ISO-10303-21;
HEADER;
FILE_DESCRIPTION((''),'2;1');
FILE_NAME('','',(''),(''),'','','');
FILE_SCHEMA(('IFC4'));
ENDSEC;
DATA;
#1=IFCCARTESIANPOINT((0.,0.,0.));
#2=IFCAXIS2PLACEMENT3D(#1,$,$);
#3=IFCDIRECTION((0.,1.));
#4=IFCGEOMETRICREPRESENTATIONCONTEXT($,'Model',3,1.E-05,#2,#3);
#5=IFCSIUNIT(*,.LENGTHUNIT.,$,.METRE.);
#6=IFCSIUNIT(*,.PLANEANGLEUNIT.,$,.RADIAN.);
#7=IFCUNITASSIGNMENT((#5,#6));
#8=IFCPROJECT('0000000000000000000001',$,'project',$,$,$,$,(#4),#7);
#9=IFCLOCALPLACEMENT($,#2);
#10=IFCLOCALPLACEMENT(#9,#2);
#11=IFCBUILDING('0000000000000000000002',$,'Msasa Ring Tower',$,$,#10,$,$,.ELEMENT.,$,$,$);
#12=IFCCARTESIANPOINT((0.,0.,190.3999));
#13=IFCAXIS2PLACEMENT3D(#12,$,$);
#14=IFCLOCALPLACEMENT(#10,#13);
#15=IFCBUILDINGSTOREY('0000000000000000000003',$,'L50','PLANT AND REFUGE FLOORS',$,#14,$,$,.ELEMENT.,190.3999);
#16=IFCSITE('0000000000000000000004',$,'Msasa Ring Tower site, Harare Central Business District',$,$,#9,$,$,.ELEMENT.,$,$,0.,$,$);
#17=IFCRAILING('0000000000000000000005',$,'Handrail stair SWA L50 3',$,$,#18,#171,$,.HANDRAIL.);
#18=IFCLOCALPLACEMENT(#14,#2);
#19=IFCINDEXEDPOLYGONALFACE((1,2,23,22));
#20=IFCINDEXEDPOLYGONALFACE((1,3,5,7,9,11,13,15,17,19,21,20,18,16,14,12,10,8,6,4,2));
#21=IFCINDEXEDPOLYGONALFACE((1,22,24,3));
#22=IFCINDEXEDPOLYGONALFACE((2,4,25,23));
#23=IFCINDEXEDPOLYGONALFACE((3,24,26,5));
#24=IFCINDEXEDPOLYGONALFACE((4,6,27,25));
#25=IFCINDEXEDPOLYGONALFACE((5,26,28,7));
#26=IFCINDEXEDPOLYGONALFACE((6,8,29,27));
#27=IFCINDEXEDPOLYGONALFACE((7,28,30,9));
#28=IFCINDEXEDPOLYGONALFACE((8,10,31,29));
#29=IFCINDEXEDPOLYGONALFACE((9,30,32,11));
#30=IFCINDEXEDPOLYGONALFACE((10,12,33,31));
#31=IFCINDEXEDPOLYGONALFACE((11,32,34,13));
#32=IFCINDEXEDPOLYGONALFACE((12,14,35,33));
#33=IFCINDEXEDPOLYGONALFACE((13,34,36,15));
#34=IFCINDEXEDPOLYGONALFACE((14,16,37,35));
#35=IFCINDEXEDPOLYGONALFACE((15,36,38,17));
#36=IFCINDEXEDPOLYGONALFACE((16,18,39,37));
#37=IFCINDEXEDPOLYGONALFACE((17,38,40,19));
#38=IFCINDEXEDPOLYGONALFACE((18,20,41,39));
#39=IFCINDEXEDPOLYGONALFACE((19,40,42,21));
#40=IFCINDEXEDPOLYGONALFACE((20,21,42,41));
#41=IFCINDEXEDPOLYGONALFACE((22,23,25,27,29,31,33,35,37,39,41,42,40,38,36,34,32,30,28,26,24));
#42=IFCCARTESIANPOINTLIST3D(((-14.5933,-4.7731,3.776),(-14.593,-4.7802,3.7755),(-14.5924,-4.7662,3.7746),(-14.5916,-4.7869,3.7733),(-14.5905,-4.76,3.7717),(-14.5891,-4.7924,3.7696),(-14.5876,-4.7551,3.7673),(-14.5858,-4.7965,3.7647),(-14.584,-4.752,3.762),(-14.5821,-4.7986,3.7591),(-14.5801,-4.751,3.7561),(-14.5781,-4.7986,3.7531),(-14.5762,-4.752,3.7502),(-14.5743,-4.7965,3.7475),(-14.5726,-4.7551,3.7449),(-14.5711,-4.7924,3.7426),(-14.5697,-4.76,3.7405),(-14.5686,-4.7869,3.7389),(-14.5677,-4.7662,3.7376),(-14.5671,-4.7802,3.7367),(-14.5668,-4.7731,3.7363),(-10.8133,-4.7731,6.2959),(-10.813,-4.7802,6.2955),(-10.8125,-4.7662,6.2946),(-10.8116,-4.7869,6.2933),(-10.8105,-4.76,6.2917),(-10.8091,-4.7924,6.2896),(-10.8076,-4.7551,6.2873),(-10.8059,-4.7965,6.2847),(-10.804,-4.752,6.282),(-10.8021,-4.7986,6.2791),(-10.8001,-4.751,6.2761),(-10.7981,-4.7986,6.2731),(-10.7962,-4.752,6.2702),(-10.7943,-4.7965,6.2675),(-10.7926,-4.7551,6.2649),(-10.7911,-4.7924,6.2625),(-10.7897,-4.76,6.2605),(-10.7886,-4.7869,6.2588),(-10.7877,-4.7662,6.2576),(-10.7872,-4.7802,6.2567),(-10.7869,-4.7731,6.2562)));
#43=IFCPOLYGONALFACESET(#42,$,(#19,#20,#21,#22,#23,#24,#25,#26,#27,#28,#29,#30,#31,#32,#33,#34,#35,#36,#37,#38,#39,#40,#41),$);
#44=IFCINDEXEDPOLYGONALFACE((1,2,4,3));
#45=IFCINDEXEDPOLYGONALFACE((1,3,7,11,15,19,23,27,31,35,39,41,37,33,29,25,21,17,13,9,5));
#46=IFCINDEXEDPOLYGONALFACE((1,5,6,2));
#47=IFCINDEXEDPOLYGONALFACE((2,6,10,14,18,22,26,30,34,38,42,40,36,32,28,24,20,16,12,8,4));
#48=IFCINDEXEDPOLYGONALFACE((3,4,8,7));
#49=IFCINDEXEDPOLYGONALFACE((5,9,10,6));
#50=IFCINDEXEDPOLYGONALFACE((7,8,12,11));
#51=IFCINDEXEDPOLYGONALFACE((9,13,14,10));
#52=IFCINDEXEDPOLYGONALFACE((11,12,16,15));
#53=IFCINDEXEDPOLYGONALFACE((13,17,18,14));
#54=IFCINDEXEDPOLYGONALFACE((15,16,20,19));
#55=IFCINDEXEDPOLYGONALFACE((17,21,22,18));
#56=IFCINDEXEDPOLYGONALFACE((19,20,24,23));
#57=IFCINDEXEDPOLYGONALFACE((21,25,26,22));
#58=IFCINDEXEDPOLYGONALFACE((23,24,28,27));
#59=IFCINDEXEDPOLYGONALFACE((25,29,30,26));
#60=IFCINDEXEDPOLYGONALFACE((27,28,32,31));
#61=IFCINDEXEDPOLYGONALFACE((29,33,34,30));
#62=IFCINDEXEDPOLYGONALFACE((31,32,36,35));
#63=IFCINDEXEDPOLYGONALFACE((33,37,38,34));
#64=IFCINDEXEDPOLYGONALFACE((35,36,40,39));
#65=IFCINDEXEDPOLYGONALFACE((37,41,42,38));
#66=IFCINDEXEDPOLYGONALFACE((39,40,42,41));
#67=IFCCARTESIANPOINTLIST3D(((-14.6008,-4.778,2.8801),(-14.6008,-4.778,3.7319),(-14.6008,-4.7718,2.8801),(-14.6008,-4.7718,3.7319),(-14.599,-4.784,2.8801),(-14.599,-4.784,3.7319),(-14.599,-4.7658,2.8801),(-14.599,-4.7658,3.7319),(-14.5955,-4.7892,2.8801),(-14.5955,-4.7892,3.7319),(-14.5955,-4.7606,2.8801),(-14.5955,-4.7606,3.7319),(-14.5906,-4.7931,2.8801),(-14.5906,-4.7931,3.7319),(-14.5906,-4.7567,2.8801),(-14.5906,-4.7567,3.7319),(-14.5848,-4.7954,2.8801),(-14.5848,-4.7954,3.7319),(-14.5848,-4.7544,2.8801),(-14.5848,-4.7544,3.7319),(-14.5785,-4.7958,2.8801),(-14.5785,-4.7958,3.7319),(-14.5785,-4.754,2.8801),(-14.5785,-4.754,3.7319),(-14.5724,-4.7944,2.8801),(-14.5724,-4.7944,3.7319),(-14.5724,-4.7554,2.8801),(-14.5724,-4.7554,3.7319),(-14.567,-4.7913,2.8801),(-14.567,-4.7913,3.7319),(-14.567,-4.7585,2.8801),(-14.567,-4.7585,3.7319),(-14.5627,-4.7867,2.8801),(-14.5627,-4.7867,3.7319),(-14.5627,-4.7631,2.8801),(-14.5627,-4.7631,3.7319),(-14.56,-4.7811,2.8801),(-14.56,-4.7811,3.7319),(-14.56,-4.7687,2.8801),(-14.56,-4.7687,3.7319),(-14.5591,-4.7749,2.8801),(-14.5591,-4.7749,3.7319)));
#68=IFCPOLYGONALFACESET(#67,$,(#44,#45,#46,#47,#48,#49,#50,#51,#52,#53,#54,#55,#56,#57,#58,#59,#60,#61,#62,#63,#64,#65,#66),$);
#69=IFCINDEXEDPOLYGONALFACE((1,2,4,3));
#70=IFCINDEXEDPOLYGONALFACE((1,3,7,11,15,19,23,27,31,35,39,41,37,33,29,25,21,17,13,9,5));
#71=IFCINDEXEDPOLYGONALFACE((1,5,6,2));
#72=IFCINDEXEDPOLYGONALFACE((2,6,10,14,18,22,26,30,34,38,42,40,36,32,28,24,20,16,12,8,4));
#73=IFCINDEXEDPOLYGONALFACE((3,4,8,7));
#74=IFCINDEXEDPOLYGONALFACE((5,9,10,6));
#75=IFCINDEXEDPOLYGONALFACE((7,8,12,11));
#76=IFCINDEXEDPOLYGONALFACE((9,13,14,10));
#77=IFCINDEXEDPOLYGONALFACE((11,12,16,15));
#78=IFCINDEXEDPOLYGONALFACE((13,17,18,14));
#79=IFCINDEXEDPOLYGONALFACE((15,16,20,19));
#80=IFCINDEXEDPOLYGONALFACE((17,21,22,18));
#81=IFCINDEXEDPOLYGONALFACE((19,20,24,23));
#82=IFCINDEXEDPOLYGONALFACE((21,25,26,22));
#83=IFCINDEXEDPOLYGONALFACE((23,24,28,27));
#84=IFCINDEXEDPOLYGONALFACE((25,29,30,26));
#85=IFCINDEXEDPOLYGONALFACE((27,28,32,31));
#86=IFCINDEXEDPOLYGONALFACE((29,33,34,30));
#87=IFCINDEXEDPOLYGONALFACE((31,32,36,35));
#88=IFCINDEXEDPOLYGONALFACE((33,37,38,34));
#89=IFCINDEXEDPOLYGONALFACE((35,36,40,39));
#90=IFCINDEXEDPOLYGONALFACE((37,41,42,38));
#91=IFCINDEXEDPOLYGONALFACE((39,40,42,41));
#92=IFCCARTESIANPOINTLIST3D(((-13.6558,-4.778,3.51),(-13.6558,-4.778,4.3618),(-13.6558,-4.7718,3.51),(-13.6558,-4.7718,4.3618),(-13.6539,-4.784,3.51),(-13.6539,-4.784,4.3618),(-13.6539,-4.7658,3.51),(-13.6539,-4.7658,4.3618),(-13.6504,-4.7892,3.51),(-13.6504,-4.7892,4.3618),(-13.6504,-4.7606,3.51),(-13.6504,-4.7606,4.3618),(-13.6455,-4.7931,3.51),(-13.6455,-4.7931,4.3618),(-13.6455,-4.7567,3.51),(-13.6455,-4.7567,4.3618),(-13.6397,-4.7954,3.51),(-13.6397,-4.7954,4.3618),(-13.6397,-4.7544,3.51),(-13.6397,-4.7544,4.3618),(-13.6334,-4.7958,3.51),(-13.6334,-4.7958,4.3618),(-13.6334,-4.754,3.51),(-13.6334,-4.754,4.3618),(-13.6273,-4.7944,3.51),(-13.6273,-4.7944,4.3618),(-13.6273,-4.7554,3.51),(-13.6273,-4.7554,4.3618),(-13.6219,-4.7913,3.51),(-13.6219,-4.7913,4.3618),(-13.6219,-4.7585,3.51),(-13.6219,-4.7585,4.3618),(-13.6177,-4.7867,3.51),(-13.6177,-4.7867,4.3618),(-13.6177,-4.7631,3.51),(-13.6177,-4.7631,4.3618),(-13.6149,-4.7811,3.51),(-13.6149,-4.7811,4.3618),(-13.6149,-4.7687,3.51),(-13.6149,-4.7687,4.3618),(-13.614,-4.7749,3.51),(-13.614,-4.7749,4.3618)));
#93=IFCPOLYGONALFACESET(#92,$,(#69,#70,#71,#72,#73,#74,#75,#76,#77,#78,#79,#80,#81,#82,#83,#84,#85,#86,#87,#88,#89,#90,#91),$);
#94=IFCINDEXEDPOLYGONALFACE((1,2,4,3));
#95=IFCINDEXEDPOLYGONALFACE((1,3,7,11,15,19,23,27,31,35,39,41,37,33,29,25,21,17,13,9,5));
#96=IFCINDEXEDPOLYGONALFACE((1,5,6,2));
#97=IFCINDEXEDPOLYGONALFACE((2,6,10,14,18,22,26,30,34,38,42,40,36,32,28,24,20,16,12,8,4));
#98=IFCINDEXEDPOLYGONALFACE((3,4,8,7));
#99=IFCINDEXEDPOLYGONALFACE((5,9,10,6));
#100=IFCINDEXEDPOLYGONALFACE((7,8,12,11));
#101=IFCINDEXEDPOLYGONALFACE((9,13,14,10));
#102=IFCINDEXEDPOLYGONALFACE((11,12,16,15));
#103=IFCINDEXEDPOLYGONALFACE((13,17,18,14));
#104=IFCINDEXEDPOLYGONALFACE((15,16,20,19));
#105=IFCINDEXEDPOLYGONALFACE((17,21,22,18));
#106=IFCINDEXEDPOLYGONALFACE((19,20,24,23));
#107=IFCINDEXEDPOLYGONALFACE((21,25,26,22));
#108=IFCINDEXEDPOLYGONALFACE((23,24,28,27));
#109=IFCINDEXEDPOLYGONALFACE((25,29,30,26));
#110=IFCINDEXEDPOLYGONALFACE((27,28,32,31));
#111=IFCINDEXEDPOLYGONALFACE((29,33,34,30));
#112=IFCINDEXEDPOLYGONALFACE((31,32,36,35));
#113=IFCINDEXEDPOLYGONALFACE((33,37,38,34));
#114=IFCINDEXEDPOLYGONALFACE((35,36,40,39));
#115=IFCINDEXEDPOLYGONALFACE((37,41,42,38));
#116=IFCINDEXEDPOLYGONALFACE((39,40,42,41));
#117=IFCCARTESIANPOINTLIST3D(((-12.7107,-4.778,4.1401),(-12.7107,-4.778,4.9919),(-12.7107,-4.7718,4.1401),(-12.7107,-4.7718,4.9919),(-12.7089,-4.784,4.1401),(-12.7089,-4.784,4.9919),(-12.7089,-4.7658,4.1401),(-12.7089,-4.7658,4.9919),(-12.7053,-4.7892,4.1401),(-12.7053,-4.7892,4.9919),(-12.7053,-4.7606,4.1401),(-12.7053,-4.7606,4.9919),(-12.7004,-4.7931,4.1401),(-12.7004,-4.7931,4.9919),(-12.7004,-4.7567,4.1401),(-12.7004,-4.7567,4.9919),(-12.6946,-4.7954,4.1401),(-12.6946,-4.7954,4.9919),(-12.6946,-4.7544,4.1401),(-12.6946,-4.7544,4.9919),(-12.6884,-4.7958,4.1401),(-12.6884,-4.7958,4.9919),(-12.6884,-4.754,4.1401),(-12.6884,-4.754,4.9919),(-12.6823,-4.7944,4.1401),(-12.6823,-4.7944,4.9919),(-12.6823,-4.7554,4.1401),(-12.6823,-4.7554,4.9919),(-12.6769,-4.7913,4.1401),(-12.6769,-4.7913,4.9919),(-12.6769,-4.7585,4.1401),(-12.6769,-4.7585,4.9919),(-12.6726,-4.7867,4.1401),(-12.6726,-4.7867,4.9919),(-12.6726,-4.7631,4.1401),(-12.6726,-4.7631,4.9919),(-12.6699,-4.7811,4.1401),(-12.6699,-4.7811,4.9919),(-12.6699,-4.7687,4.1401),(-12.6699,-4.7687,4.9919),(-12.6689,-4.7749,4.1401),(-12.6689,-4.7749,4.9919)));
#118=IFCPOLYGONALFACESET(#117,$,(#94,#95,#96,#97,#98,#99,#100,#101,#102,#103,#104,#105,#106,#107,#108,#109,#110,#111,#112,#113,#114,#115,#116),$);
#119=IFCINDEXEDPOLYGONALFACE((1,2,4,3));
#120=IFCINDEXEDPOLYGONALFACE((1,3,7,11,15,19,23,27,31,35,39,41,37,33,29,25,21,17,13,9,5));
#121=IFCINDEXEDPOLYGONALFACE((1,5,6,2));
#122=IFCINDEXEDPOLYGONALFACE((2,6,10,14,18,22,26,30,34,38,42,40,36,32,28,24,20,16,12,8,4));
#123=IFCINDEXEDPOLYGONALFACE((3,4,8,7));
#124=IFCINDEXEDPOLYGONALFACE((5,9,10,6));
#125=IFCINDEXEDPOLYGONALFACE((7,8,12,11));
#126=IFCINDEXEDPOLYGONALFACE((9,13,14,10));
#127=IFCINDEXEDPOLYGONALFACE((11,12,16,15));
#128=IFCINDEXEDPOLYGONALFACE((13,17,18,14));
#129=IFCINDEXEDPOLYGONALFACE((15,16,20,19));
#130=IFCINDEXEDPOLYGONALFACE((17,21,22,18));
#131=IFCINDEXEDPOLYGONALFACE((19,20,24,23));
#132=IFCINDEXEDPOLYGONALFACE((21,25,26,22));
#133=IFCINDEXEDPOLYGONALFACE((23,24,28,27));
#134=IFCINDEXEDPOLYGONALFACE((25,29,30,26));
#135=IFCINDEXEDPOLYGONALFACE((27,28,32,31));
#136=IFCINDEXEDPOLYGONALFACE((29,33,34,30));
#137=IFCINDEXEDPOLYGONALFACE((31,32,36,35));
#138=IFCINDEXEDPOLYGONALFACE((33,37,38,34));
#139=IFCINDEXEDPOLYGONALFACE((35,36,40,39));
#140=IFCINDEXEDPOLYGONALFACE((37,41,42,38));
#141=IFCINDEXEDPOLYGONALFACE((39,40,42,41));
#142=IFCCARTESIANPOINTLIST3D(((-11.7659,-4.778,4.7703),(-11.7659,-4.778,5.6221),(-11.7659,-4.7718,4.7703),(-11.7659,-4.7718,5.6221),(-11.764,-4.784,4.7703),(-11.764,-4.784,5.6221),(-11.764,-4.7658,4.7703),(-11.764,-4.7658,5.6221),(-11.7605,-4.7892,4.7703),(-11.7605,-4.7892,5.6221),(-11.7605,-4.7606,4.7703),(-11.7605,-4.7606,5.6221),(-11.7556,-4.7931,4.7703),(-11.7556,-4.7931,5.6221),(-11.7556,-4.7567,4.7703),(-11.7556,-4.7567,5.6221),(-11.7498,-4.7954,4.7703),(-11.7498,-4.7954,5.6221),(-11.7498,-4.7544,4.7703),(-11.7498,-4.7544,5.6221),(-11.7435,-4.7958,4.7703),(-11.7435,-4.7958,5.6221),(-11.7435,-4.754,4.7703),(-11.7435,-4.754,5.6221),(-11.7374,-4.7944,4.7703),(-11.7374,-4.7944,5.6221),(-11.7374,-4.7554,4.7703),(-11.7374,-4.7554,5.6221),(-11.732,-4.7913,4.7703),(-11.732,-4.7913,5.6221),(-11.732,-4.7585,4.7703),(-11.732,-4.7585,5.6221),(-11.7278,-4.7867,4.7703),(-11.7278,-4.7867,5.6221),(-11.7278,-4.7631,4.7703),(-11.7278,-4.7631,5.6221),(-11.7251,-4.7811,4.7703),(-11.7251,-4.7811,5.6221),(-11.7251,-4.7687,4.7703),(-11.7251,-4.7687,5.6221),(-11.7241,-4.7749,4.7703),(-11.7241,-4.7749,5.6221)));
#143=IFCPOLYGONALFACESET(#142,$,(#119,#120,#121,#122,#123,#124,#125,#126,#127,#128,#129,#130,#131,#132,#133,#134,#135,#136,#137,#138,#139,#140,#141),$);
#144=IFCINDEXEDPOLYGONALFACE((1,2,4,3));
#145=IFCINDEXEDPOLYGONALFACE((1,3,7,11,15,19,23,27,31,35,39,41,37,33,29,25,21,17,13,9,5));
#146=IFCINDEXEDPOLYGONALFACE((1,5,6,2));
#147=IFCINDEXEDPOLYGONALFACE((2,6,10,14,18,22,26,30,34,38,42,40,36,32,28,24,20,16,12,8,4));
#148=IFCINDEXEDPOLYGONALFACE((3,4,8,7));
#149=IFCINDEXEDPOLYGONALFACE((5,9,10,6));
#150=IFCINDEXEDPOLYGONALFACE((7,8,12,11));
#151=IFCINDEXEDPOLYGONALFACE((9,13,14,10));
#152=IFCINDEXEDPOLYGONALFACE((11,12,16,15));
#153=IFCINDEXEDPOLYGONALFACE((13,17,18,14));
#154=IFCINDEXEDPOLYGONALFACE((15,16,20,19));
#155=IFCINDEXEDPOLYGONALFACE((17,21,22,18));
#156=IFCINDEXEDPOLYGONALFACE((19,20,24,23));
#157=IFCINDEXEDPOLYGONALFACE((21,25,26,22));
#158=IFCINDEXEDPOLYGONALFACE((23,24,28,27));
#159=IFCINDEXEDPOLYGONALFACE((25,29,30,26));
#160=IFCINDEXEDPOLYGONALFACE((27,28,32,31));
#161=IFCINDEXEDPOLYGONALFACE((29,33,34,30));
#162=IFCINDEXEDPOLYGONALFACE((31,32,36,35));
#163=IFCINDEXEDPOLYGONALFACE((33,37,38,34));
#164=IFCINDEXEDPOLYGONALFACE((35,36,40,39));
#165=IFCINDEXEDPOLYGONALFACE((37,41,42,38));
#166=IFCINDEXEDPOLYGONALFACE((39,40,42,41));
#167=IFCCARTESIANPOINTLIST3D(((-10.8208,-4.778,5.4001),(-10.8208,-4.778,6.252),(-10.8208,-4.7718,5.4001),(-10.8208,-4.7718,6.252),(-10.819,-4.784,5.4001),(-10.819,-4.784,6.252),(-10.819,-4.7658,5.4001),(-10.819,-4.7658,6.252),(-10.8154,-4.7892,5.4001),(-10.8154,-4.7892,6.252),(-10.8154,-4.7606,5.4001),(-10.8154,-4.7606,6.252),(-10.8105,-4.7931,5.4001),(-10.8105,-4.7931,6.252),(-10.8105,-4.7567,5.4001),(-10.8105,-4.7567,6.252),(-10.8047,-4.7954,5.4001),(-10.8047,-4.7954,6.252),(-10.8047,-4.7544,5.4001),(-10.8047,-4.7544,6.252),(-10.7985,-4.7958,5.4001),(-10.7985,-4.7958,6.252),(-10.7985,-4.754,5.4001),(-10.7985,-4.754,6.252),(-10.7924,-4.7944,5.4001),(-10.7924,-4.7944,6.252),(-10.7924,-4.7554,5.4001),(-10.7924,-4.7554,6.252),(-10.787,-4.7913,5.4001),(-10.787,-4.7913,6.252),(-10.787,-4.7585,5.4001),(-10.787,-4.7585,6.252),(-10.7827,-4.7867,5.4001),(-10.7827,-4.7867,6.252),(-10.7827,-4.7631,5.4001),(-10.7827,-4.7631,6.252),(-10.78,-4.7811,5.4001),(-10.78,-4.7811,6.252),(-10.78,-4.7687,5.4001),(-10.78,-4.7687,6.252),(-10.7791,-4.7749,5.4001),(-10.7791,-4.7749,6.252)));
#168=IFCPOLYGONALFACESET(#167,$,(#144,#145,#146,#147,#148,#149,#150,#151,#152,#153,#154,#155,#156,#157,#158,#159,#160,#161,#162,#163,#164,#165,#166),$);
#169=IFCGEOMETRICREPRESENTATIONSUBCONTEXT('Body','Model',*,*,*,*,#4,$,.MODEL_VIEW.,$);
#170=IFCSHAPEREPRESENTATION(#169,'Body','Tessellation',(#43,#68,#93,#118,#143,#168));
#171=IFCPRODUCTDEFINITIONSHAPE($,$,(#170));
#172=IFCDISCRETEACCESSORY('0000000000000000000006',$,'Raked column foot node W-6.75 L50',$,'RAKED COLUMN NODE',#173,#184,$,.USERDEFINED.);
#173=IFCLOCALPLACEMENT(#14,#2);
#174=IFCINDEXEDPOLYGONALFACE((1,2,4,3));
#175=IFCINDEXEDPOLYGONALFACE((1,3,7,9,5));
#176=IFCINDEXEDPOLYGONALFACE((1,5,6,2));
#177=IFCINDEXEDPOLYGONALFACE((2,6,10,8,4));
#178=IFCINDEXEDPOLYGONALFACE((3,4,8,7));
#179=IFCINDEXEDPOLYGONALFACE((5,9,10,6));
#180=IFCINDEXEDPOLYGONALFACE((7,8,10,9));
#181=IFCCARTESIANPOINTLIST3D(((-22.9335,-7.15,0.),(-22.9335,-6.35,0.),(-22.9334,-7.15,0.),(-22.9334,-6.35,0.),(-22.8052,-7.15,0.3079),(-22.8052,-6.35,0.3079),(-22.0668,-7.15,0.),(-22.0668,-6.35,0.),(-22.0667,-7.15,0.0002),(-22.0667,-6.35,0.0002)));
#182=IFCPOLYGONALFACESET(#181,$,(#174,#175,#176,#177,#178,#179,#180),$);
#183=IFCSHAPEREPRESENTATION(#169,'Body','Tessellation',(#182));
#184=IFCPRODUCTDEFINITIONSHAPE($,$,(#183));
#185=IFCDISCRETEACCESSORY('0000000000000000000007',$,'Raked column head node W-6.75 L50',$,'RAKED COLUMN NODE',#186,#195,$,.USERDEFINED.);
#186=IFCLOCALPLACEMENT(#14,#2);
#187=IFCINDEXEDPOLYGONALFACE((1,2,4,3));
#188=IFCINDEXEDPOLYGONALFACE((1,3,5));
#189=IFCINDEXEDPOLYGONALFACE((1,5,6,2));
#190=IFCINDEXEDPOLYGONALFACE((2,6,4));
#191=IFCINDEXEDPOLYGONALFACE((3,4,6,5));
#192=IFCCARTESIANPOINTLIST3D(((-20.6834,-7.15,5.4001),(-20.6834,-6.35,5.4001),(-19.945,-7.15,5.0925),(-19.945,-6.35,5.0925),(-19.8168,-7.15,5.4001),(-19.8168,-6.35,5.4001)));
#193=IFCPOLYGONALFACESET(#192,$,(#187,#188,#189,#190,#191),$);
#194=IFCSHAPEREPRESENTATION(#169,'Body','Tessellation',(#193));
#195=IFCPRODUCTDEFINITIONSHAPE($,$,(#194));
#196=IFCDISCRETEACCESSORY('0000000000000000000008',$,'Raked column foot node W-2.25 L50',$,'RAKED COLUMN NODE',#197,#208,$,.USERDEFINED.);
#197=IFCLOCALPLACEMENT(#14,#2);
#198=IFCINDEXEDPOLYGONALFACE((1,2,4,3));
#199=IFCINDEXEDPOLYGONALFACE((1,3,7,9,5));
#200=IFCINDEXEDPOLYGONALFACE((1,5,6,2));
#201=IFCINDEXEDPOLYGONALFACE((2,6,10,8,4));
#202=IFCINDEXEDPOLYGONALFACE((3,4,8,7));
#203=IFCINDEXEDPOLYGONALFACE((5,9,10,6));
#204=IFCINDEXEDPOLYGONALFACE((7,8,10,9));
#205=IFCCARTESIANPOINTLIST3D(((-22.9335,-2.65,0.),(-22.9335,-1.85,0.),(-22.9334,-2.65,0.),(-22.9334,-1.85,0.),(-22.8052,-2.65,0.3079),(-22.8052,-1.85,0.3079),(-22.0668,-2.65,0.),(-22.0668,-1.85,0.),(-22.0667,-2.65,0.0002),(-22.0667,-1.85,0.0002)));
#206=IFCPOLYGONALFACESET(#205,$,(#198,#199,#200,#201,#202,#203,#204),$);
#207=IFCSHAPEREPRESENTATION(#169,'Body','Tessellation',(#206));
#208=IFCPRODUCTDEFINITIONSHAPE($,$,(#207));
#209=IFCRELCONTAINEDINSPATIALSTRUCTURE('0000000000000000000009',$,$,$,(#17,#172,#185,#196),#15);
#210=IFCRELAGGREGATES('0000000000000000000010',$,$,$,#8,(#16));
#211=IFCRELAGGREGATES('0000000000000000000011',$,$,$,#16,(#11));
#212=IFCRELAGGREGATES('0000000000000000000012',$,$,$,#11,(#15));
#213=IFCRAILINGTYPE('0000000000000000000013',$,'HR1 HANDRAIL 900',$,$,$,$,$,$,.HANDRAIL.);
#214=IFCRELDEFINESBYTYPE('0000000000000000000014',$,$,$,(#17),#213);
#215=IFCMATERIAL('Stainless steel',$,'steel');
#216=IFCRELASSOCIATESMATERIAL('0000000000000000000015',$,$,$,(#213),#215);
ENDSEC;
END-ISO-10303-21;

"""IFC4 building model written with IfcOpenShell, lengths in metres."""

from ifc_helpers import new_model, si_unit, direction, frame, origin, origin_2d, place, context, subcontext, project, spatial, rectangle, circle, extrude, clip, halfspace, material, type_object, element, save


model = new_model("IFC4")

# Units and contexts
model_context = context("Model", 3, precision=1e-05, world=origin(), true_north=direction((0.0, 1.0)))
body_context = subcontext(model_context, "Body", "Model", "MODEL_VIEW")
ifc_project = project(units=[si_unit("LENGTHUNIT", "METRE"), si_unit("PLANEANGLEUNIT", "RADIAN")], contexts=[model_context])

# Site, building, storey
site_placement = place(None, origin())
site = spatial("IfcSite", under=ifc_project, at=site_placement, Name="Msasa Ring Tower site, Harare Central Business District", CompositionType="ELEMENT", RefElevation=0.0)
building_placement = place(site_placement, origin())
building = spatial("IfcBuilding", under=site, at=building_placement, Name="Msasa Ring Tower", CompositionType="ELEMENT")
storey_placement = place(building_placement, frame((0.0, 0.0, 190.3999)))
storey = spatial("IfcBuildingStorey", under=building, at=storey_placement, Name="L50", Description="PLANT AND REFUGE FLOORS", CompositionType="ELEMENT", Elevation=190.3999)

# Railing
ifc_material_1 = material(Name="Stainless steel", Category="steel")
railing_type = type_object("IfcRailingType", Name="HR1 HANDRAIL 900", PredefinedType="HANDRAIL", material=ifc_material_1)
railing_placement = place(storey_placement, frame((-14.5801, -4.7749, 2.8801)))
element("IfcRailing", 1, at=railing_placement, inside=storey, type_object=railing_type, Name="Handrail stair SWA L50 3", PredefinedType="HANDRAIL", context=body_context, shape_type="SweptSolid", body=[
    extrude(circle(Radius=0.0239, at=origin_2d()), frame((0.0, 0.0, 0.876), z_axis=(0.83205, 0.0, 0.5547), x_axis=(0.0, 1.0, 0.0)), (0.0, 0.0, 1.0), 4.543),
    extrude(circle(Radius=0.021, at=origin_2d()), origin(), (0.0, 0.0, 1.0), 0.8518),
    extrude(circle(Radius=0.021, at=origin_2d()), frame((0.9451, 0.0, 0.6299)), (0.0, 0.0, 1.0), 0.8518),
    extrude(circle(Radius=0.021, at=origin_2d()), frame((1.8901, 0.0, 1.26)), (0.0, 0.0, 1.0), 0.8518),
    extrude(circle(Radius=0.021, at=origin_2d()), frame((2.835, 0.0, 1.8901)), (0.0, 0.0, 1.0), 0.8518),
    extrude(circle(Radius=0.021, at=origin_2d()), frame((3.78, 0.0, 2.52)), (0.0, 0.0, 1.0), 0.8518),
])

# Discrete accessories
discrete_accessory_1_placement = place(storey_placement, frame((-22.5, -6.75, 0.0)))
element("IfcDiscreteAccessory", 2, at=discrete_accessory_1_placement, inside=storey, Name="Raked column foot node W-6.75 L50", ObjectType="RAKED COLUMN NODE", PredefinedType="USERDEFINED", context=body_context, shape_type="Clipping", body=[
    clip(extrude(rectangle(XDim=0.8, YDim=0.8, at=origin_2d()), frame((-0.0642, 0.0, -0.1538), z_axis=(0.384615, 0.0, 0.923077), x_axis=(0.0, 1.0, 0.0)), (0.0, 0.0, 1.0), 0.3335), halfspace(frame((0.0, 0.0, 0.0), z_axis=(0.0, 0.0, 1.0)), True)),
])
discrete_accessory_2_placement = place(storey_placement, frame((-20.25, -6.75, 5.4001)))
element("IfcDiscreteAccessory", 3, at=discrete_accessory_2_placement, inside=storey, Name="Raked column head node W-6.75 L50", ObjectType="RAKED COLUMN NODE", PredefinedType="USERDEFINED", context=body_context, shape_type="Clipping", body=[
    clip(extrude(rectangle(XDim=0.8, YDim=0.8, at=origin_2d()), frame((-0.0642, 0.0, -0.1538), z_axis=(0.384615, 0.0, 0.923077), x_axis=(0.0, 1.0, 0.0)), (0.0, 0.0, 1.0), 0.3335), halfspace(frame((0.0, 0.0, 0.0), z_axis=(0.0, 0.0, -1.0)), True)),
])
discrete_accessory_3_placement = place(storey_placement, frame((-22.5, -2.25, 0.0)))
element("IfcDiscreteAccessory", 4, at=discrete_accessory_3_placement, inside=storey, Name="Raked column foot node W-2.25 L50", ObjectType="RAKED COLUMN NODE", PredefinedType="USERDEFINED", context=body_context, shape_type="Clipping", body=[
    clip(extrude(rectangle(XDim=0.8, YDim=0.8, at=origin_2d()), frame((-0.0642, 0.0, -0.1538), z_axis=(0.384615, 0.0, 0.923077), x_axis=(0.0, 1.0, 0.0)), (0.0, 0.0, 1.0), 0.3335), halfspace(frame((0.0, 0.0, 0.0), z_axis=(0.0, 0.0, 1.0)), True)),
])

save(model, "model.ifc")
